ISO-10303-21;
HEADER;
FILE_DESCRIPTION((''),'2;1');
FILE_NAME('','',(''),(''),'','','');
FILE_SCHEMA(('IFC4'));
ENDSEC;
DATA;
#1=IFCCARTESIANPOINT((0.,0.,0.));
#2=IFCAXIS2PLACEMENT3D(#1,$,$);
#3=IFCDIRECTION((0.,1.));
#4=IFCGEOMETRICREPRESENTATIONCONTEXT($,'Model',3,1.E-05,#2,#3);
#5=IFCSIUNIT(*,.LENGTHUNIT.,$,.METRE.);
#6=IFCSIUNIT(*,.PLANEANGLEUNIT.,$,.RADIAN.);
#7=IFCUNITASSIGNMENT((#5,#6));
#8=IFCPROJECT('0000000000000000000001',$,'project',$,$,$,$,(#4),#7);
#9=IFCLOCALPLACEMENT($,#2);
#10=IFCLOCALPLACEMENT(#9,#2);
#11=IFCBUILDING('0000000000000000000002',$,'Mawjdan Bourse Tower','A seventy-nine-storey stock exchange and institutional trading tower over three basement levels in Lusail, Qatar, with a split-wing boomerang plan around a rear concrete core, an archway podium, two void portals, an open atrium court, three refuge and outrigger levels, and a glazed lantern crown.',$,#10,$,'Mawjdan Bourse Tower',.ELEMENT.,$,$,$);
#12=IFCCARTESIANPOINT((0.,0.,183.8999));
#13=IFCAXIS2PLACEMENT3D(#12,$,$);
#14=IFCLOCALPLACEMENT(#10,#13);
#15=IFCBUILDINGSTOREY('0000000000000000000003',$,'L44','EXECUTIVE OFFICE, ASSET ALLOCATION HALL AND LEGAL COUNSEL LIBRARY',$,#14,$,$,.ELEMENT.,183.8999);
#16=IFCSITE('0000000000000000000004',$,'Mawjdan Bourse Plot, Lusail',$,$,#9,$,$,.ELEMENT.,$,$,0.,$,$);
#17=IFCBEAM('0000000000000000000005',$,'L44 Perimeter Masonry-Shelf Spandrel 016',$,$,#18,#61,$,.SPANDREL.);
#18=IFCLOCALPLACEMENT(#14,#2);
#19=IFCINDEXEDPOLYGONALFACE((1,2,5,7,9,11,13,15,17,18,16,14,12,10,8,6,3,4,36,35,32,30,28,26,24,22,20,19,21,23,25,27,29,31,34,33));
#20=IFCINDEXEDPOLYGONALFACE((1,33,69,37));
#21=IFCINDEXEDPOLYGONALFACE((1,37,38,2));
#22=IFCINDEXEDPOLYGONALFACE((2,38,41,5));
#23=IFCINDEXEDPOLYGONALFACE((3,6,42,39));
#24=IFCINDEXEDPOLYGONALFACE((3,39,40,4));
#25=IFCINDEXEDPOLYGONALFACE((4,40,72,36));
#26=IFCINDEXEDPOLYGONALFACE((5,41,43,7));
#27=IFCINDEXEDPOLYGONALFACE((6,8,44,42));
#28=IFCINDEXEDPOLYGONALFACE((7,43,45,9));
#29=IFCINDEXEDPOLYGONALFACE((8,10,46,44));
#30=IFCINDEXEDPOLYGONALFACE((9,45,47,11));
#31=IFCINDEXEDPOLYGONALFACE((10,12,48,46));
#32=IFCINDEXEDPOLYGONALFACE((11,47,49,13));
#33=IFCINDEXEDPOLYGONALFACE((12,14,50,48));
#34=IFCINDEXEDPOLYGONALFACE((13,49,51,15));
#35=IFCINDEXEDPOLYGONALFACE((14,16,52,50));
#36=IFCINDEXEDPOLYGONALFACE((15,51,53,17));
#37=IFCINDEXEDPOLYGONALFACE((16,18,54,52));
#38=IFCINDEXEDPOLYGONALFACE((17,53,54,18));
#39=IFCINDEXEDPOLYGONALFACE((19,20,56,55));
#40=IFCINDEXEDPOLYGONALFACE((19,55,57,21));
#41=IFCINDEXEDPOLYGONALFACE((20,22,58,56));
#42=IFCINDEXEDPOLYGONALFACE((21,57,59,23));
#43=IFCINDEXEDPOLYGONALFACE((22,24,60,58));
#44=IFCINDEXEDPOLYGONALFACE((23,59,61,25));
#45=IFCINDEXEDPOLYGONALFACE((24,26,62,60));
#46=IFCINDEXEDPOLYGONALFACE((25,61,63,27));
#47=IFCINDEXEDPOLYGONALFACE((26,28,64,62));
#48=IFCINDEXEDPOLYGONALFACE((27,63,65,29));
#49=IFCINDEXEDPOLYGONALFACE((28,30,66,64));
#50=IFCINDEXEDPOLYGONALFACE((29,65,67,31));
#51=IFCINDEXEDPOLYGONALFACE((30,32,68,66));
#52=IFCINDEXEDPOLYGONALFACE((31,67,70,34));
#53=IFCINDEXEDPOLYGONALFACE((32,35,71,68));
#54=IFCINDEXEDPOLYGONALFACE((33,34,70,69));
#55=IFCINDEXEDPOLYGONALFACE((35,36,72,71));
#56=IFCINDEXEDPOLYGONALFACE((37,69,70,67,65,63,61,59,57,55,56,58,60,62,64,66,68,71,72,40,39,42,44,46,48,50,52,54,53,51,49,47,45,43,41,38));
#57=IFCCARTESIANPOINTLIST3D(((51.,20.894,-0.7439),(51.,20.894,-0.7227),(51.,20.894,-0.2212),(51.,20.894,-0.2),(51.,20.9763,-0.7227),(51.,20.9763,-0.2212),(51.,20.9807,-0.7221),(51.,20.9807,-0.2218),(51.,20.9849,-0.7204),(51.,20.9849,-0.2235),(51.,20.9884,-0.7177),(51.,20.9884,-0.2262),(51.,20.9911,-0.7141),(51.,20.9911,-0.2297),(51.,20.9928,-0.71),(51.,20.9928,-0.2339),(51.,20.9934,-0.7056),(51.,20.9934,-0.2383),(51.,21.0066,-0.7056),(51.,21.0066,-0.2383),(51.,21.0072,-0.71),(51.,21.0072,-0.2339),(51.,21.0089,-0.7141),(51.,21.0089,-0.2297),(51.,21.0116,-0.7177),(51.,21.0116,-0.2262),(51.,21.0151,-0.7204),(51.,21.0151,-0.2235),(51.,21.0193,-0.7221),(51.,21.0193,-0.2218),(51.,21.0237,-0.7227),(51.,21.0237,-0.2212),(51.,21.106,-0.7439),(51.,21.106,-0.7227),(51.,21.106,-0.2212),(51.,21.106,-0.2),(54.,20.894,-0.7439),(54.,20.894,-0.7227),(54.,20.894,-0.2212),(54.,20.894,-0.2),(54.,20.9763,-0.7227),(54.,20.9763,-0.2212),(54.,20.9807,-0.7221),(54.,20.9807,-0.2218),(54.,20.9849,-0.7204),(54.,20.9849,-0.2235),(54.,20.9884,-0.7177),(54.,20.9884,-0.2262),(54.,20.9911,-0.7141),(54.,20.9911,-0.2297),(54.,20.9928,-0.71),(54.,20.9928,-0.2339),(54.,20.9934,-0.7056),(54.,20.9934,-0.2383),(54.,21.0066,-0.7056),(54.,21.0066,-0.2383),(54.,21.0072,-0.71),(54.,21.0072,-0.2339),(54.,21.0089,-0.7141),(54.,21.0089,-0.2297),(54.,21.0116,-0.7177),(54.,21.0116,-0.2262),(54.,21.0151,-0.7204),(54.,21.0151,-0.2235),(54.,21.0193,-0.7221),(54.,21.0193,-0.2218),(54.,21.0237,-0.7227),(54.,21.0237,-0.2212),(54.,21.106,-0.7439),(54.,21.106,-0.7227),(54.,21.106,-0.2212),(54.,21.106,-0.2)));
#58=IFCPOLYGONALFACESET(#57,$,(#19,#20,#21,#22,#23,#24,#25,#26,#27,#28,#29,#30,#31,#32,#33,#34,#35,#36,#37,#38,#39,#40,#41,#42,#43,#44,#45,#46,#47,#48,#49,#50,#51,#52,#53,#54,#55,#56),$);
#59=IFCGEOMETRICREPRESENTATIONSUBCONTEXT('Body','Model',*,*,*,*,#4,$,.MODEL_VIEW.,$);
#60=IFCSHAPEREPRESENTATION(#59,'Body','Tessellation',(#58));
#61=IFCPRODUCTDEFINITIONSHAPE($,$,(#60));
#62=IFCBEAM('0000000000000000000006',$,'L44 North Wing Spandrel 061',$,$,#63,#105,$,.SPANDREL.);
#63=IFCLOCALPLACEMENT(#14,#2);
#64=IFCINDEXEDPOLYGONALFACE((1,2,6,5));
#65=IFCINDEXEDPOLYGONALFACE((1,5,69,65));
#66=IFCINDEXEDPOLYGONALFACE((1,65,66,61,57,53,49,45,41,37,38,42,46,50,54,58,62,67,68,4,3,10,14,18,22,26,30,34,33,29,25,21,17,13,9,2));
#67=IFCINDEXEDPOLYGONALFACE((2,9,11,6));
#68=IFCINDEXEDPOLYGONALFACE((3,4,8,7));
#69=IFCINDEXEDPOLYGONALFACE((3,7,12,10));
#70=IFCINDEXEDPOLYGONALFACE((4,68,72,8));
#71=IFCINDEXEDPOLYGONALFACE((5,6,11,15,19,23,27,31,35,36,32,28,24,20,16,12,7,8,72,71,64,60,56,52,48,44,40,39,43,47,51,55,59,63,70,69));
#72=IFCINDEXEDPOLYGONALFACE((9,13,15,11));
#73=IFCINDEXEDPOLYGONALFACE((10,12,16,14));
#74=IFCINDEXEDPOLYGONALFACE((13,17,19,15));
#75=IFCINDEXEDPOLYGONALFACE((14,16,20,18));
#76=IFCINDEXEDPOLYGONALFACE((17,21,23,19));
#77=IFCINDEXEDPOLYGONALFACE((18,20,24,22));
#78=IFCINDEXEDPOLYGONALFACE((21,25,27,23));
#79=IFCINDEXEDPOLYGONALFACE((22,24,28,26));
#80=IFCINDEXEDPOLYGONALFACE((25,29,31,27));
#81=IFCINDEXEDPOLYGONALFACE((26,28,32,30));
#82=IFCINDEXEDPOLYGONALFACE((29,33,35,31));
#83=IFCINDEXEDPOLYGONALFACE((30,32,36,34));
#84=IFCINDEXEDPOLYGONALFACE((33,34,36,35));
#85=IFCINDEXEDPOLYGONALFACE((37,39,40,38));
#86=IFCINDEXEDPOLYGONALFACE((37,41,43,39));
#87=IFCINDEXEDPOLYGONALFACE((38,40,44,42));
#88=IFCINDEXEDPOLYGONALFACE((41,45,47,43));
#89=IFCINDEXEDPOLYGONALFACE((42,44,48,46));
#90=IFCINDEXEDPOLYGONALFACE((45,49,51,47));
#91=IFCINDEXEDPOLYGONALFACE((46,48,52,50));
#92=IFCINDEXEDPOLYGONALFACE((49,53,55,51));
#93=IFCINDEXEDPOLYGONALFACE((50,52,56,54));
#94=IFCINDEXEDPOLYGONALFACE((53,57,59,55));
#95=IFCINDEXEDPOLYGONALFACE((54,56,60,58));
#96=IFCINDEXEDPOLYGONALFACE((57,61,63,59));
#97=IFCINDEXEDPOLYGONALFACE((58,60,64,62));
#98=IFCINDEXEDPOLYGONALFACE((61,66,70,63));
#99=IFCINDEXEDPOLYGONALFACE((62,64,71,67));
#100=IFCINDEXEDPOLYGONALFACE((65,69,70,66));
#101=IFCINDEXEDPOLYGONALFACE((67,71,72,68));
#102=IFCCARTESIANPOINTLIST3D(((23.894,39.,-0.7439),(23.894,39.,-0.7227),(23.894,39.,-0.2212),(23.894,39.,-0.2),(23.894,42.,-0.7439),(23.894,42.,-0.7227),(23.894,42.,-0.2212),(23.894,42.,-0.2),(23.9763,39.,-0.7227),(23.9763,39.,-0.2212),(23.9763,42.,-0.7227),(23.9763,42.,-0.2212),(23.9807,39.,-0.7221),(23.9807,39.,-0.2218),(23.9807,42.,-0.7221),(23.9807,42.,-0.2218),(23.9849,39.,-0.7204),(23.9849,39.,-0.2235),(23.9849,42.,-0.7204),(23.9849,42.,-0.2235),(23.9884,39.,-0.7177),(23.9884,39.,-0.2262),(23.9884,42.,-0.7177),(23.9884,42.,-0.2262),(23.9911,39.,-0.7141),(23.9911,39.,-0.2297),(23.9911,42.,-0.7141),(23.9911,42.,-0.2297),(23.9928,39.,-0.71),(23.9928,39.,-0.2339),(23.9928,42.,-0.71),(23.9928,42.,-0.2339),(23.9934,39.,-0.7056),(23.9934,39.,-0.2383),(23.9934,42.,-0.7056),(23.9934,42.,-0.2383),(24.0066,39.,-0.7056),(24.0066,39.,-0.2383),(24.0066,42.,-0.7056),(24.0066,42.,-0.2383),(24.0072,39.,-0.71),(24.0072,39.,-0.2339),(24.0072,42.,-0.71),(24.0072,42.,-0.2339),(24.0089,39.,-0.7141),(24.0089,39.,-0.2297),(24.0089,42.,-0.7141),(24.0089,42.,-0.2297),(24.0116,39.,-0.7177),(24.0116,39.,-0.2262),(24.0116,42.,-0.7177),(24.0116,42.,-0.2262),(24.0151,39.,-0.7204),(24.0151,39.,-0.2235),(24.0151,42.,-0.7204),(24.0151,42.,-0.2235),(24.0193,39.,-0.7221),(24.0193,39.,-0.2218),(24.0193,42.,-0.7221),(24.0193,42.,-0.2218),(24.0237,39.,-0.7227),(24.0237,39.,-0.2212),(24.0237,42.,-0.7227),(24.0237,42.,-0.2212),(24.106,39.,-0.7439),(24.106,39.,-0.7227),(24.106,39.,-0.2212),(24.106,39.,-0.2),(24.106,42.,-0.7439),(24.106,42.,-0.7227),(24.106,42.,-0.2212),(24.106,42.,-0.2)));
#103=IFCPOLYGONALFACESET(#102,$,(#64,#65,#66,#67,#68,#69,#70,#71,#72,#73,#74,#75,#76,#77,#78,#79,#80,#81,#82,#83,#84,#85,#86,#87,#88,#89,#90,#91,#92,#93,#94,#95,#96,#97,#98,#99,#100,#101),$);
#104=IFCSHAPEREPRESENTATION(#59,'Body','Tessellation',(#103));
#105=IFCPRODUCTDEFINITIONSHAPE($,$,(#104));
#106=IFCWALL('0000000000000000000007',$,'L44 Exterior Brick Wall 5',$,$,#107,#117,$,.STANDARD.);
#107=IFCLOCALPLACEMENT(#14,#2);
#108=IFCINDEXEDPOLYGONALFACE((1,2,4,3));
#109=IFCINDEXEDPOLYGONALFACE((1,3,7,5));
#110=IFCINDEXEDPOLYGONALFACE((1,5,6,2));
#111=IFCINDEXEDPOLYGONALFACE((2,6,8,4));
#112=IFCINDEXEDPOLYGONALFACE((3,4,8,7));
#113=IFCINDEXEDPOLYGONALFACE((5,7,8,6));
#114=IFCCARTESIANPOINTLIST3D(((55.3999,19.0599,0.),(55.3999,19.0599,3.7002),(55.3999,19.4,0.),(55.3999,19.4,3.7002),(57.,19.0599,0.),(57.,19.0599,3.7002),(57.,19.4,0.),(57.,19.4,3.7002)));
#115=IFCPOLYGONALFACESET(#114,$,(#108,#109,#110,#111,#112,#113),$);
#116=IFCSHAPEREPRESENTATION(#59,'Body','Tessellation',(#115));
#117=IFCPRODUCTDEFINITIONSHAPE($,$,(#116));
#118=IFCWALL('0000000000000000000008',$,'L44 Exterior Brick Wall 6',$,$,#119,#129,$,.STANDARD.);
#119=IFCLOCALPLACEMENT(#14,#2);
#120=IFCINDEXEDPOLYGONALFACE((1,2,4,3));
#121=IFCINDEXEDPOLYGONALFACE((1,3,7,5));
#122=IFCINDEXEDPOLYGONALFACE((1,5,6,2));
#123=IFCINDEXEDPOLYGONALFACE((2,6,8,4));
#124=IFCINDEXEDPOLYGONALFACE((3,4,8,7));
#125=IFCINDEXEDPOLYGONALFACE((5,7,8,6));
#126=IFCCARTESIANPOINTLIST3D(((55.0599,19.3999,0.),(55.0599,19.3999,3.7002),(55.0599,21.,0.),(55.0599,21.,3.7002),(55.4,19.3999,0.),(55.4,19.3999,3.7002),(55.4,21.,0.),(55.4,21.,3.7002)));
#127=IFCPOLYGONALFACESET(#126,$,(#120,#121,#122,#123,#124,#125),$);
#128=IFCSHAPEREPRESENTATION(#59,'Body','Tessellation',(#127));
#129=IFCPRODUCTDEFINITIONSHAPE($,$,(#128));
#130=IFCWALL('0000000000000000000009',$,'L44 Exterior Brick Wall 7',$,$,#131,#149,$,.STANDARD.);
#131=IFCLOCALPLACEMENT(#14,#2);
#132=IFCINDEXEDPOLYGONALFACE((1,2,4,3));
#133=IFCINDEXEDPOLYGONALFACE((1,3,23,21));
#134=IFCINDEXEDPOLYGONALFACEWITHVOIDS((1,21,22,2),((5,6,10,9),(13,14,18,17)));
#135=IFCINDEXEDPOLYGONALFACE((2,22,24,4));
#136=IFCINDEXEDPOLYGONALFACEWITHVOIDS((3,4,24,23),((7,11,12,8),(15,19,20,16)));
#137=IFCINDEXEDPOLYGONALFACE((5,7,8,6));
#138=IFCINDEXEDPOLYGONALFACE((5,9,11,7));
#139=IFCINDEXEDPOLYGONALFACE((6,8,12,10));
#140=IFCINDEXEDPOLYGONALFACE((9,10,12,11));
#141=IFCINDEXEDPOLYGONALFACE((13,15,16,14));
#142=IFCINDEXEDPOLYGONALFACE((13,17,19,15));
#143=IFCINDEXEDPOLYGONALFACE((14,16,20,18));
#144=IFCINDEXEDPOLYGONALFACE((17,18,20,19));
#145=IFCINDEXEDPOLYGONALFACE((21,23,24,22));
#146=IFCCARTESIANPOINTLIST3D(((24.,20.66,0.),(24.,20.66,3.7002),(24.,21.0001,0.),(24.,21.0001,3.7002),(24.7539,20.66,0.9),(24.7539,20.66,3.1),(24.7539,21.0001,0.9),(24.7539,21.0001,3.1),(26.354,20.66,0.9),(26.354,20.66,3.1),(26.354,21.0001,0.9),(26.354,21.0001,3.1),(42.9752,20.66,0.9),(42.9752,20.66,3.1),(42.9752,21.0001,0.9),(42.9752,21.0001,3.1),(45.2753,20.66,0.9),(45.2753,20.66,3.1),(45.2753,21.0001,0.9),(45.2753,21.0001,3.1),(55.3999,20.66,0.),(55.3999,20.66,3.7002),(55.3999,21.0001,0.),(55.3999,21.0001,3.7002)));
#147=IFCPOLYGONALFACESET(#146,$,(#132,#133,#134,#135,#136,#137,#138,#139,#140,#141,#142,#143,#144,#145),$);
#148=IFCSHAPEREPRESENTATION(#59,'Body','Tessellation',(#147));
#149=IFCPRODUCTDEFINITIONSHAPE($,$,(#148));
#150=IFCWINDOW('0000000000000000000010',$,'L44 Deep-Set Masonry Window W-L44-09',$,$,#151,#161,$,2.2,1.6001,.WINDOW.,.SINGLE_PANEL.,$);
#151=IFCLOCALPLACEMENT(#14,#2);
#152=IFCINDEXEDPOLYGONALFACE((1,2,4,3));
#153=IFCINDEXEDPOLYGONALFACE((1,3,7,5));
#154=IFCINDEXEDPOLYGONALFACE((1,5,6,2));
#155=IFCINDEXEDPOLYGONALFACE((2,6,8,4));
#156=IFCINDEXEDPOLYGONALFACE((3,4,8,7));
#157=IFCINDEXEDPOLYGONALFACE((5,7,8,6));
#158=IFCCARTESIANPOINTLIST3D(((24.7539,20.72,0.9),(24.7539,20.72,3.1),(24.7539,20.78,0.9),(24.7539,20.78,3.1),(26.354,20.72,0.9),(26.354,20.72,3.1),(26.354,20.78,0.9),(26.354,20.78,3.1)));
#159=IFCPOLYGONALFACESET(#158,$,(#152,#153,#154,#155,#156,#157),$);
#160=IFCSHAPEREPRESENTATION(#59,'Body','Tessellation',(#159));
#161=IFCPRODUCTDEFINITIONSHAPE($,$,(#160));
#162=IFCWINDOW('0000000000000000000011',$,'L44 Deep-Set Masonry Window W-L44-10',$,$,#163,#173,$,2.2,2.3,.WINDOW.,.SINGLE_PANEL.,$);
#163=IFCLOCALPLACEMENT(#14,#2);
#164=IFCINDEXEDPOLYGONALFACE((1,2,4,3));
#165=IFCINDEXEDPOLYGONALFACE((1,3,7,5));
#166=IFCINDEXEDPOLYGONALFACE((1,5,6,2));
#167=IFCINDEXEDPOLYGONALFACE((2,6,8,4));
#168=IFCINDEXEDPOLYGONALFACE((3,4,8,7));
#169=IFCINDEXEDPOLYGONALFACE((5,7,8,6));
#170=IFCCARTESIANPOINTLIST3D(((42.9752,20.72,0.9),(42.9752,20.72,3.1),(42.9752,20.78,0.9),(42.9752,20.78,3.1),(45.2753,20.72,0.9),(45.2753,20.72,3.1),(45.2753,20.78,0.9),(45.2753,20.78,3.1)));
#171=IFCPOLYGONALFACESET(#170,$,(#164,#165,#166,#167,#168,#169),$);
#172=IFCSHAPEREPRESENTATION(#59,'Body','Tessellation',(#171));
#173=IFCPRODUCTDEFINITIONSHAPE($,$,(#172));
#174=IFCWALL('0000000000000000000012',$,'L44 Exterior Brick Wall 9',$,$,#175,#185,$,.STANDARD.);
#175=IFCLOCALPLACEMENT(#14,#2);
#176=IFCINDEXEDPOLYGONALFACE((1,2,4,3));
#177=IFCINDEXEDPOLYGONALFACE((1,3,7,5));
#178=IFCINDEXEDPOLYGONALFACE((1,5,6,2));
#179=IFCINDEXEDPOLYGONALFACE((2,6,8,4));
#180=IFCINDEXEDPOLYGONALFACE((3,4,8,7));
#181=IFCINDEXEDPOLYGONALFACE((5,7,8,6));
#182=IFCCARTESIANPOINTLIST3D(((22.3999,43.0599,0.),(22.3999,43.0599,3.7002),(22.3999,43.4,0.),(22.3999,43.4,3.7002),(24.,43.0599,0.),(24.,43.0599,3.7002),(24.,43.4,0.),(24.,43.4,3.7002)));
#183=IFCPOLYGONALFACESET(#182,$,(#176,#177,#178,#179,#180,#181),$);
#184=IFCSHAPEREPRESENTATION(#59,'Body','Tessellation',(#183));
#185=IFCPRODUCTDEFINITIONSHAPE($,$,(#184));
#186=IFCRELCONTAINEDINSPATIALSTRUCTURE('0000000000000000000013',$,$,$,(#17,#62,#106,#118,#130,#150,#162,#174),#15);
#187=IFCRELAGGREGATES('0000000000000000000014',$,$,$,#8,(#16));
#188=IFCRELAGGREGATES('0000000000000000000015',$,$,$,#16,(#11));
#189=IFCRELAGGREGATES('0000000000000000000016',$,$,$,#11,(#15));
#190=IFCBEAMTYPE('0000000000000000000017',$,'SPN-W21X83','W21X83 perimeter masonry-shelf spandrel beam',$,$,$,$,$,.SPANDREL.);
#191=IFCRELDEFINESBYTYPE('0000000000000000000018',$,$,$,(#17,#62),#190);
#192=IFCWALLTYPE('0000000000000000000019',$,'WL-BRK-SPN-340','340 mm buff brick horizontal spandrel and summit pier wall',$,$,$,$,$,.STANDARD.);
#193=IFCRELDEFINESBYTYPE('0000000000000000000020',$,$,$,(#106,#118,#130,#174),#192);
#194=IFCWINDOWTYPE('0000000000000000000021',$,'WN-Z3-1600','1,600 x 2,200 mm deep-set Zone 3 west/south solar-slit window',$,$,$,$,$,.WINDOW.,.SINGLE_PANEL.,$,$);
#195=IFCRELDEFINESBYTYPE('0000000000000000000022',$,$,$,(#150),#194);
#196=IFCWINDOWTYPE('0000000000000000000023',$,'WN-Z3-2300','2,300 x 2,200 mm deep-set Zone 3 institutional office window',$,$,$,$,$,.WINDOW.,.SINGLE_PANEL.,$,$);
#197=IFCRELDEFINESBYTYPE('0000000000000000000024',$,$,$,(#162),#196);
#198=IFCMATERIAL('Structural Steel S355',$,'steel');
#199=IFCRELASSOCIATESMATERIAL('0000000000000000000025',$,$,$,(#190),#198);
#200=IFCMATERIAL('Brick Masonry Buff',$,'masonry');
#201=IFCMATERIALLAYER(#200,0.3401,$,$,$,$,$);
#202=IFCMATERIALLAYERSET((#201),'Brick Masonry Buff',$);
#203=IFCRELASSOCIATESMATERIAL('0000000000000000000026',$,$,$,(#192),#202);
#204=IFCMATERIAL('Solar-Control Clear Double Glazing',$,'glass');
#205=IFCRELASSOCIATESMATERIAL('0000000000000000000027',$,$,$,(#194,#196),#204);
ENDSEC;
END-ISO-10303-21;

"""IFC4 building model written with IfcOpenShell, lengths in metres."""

from ifc_helpers import new_model, si_unit, direction, frame, frame_2d, origin, origin_2d, place, context, subcontext, project, spatial, rectangle, i_section, extrude, material, layer, layer_set, material_profile, profile_set, type_object, element, fill, save


model = new_model("IFC4")

# Units and contexts
model_context = context("Model", 3, precision=1e-05, world=origin(), true_north=direction((0.0, 1.0)))
body_context = subcontext(model_context, "Body", "Model", "MODEL_VIEW")
ifc_project = project(units=[si_unit("LENGTHUNIT", "METRE"), si_unit("PLANEANGLEUNIT", "RADIAN")], contexts=[model_context])

# Site, building, storey
site_placement = place(None, origin())
site = spatial("IfcSite", under=ifc_project, at=site_placement, Name="Mawjdan Bourse Plot, Lusail", CompositionType="ELEMENT", RefElevation=0.0)
building_placement = place(site_placement, origin())
building = spatial("IfcBuilding", under=site, at=building_placement, Name="Mawjdan Bourse Tower", Description="A seventy-nine-storey stock exchange and institutional trading tower over three basement levels in Lusail, Qatar, with a split-wing boomerang plan around a rear concrete core, an archway podium, two void portals, an open atrium court, three refuge and outrigger levels, and a glazed lantern crown.", LongName="Mawjdan Bourse Tower", CompositionType="ELEMENT")
storey_placement = place(building_placement, frame((0.0, 0.0, 183.8999)))
storey = spatial("IfcBuildingStorey", under=building, at=storey_placement, Name="L44", Description="EXECUTIVE OFFICE, ASSET ALLOCATION HALL AND LEGAL COUNSEL LIBRARY", CompositionType="ELEMENT", Elevation=183.8999)

# Beams
ifc_material_1 = material(Name="Structural Steel S355", Category="steel")
ifc_material_profile_1 = material_profile(ifc_material_1, i_section(OverallWidth=0.2119, OverallDepth=0.5439, WebThickness=0.0132, FlangeThickness=0.0212, FilletRadius=0.0171, at=origin_2d()), Name="W21X83")
ifc_profile_set_1 = profile_set([ifc_material_profile_1], Name="Structural Steel S355")
beam_type_1 = type_object("IfcBeamType", Name="SPN-W21X83", Description="W21X83 perimeter masonry-shelf spandrel beam", PredefinedType="SPANDREL", material=ifc_profile_set_1)
for number, where, z_axis, x_axis, name in (
    (1, (51.0, 21.0, -0.4719), (1.0, 0.0, 0.0), (0.0, 1.0, 0.0), "L44 Perimeter Masonry-Shelf Spandrel 016"),
    (2, (24.0, 39.0, -0.4719), (0.0, 1.0, 0.0), (-1.0, 0.0, 0.0), "L44 North Wing Spandrel 061"),
):
    element("IfcBeam", number, at=place(storey_placement, frame(where, z_axis=z_axis, x_axis=x_axis)), inside=storey, type_object=beam_type_1, Name=name, PredefinedType="SPANDREL", context=body_context, shape_type="SweptSolid", body=[
        extrude(i_section(OverallWidth=0.2119, OverallDepth=0.5439, WebThickness=0.0132, FlangeThickness=0.0212, FilletRadius=0.0171, at=origin_2d()), origin(), (0.0, 0.0, 1.0), 3.0),
    ])

# Walls
ifc_material_2 = material(Name="Brick Masonry Buff", Category="masonry")
ifc_layer_1 = layer(ifc_material_2, 0.3401)
ifc_layer_set_1 = layer_set([ifc_layer_1], Name="Brick Masonry Buff")
wall_type_1 = type_object("IfcWallType", Name="WL-BRK-SPN-340", Description="340 mm buff brick horizontal spandrel and summit pier wall", PredefinedType="STANDARD", material=ifc_layer_set_1)
for number, where, z_axis, x_axis, name in (
    (3, (57.0, 19.23, 0.0), (0.0, 0.0, 1.0), (-1.0, 0.0, 0.0), "L44 Exterior Brick Wall 5"),
    (4, (55.23, 19.3999, 0.0), (0.0, 0.0, 1.0), (0.0, 1.0, 0.0), "L44 Exterior Brick Wall 6"),
):
    element("IfcWall", number, at=place(storey_placement, frame(where, z_axis=z_axis, x_axis=x_axis)), inside=storey, type_object=wall_type_1, Name=name, PredefinedType="STANDARD", context=body_context, shape_type="SweptSolid", body=[
        extrude(rectangle(XDim=1.6001, YDim=0.3401, at=frame_2d((0.8, 0.0))), origin(), (0.0, 0.0, 1.0), 3.7002),
    ])

# Wall, openings, windows
wall_1_placement = place(storey_placement, frame((55.3999, 20.8301, 0.0), z_axis=(0.0, 0.0, 1.0), x_axis=(-1.0, 0.0, 0.0)))
wall_1 = element("IfcWall", 5, at=wall_1_placement, inside=storey, type_object=wall_type_1, Name="L44 Exterior Brick Wall 7", PredefinedType="STANDARD", context=body_context, shape_type="SweptSolid", body=[
    extrude(rectangle(XDim=31.3999, YDim=0.3401, at=frame_2d((15.7, 0.0))), origin(), (0.0, 0.0, 1.0), 3.7002),
])
opening_1_placement = place(wall_1_placement, frame((29.0459, 0.0, 0.8999)))
opening_1 = element("IfcOpeningElement", 6, at=opening_1_placement, cuts=wall_1, PredefinedType="OPENING", context=body_context, shape_type="SweptSolid", body=[
    extrude(rectangle(XDim=1.6001, YDim=2.2, at=frame_2d((0.8, 1.1001))), frame((0.0, 0.1802, 0.0), z_axis=(0.0, -1.0, 0.0), x_axis=(1.0, 0.0, 0.0)), (0.0, 0.0, 1.0), 0.3601),
])
opening_2_placement = place(wall_1_placement, frame((10.1248, 0.0, 0.8999)))
opening_2 = element("IfcOpeningElement", 7, at=opening_2_placement, cuts=wall_1, PredefinedType="OPENING", context=body_context, shape_type="SweptSolid", body=[
    extrude(rectangle(XDim=2.3, YDim=2.2, at=frame_2d((1.1499, 1.1001))), frame((0.0, 0.1802, 0.0), z_axis=(0.0, -1.0, 0.0), x_axis=(1.0, 0.0, 0.0)), (0.0, 0.0, 1.0), 0.3601),
])
ifc_material_3 = material(Name="Solar-Control Clear Double Glazing", Category="glass")
window_type_1 = type_object("IfcWindowType", Name="WN-Z3-1600", Description="1,600 x 2,200 mm deep-set Zone 3 west/south solar-slit window", PartitioningType="SINGLE_PANEL", PredefinedType="WINDOW", material=ifc_material_3)
window_1_placement = place(opening_1_placement, origin())
window_1 = element("IfcWindow", 8, at=window_1_placement, inside=storey, type_object=window_type_1, Name="L44 Deep-Set Masonry Window W-L44-09", OverallHeight=2.2, OverallWidth=1.6001, PartitioningType="SINGLE_PANEL", PredefinedType="WINDOW", context=body_context, shape_type="SweptSolid", body=[
    extrude(rectangle(XDim=1.6001, YDim=2.2, at=frame_2d((0.8, 1.1001))), frame((0.0, 0.1101, 0.0), z_axis=(0.0, -1.0, 0.0), x_axis=(1.0, 0.0, 0.0)), (0.0, 0.0, 1.0), 0.0601),
])
fill(opening_1, window_1)
window_type_2 = type_object("IfcWindowType", Name="WN-Z3-2300", Description="2,300 x 2,200 mm deep-set Zone 3 institutional office window", PartitioningType="SINGLE_PANEL", PredefinedType="WINDOW", material=ifc_material_3)
window_2_placement = place(opening_2_placement, origin())
window_2 = element("IfcWindow", 9, at=window_2_placement, inside=storey, type_object=window_type_2, Name="L44 Deep-Set Masonry Window W-L44-10", OverallHeight=2.2, OverallWidth=2.3, PartitioningType="SINGLE_PANEL", PredefinedType="WINDOW", context=body_context, shape_type="SweptSolid", body=[
    extrude(rectangle(XDim=2.3, YDim=2.2, at=frame_2d((1.1499, 1.1001))), frame((0.0, 0.1101, 0.0), z_axis=(0.0, -1.0, 0.0), x_axis=(1.0, 0.0, 0.0)), (0.0, 0.0, 1.0), 0.0601),
])
fill(opening_2, window_2)

# Wall
wall_2_placement = place(storey_placement, frame((24.0, 43.23, 0.0), z_axis=(0.0, 0.0, 1.0), x_axis=(-1.0, 0.0, 0.0)))
element("IfcWall", 10, at=wall_2_placement, inside=storey, type_object=wall_type_1, Name="L44 Exterior Brick Wall 9", PredefinedType="STANDARD", context=body_context, shape_type="SweptSolid", body=[
    extrude(rectangle(XDim=1.6001, YDim=0.3401, at=frame_2d((0.8, 0.0))), origin(), (0.0, 0.0, 1.0), 3.7002),
])

save(model, "model.ifc")
